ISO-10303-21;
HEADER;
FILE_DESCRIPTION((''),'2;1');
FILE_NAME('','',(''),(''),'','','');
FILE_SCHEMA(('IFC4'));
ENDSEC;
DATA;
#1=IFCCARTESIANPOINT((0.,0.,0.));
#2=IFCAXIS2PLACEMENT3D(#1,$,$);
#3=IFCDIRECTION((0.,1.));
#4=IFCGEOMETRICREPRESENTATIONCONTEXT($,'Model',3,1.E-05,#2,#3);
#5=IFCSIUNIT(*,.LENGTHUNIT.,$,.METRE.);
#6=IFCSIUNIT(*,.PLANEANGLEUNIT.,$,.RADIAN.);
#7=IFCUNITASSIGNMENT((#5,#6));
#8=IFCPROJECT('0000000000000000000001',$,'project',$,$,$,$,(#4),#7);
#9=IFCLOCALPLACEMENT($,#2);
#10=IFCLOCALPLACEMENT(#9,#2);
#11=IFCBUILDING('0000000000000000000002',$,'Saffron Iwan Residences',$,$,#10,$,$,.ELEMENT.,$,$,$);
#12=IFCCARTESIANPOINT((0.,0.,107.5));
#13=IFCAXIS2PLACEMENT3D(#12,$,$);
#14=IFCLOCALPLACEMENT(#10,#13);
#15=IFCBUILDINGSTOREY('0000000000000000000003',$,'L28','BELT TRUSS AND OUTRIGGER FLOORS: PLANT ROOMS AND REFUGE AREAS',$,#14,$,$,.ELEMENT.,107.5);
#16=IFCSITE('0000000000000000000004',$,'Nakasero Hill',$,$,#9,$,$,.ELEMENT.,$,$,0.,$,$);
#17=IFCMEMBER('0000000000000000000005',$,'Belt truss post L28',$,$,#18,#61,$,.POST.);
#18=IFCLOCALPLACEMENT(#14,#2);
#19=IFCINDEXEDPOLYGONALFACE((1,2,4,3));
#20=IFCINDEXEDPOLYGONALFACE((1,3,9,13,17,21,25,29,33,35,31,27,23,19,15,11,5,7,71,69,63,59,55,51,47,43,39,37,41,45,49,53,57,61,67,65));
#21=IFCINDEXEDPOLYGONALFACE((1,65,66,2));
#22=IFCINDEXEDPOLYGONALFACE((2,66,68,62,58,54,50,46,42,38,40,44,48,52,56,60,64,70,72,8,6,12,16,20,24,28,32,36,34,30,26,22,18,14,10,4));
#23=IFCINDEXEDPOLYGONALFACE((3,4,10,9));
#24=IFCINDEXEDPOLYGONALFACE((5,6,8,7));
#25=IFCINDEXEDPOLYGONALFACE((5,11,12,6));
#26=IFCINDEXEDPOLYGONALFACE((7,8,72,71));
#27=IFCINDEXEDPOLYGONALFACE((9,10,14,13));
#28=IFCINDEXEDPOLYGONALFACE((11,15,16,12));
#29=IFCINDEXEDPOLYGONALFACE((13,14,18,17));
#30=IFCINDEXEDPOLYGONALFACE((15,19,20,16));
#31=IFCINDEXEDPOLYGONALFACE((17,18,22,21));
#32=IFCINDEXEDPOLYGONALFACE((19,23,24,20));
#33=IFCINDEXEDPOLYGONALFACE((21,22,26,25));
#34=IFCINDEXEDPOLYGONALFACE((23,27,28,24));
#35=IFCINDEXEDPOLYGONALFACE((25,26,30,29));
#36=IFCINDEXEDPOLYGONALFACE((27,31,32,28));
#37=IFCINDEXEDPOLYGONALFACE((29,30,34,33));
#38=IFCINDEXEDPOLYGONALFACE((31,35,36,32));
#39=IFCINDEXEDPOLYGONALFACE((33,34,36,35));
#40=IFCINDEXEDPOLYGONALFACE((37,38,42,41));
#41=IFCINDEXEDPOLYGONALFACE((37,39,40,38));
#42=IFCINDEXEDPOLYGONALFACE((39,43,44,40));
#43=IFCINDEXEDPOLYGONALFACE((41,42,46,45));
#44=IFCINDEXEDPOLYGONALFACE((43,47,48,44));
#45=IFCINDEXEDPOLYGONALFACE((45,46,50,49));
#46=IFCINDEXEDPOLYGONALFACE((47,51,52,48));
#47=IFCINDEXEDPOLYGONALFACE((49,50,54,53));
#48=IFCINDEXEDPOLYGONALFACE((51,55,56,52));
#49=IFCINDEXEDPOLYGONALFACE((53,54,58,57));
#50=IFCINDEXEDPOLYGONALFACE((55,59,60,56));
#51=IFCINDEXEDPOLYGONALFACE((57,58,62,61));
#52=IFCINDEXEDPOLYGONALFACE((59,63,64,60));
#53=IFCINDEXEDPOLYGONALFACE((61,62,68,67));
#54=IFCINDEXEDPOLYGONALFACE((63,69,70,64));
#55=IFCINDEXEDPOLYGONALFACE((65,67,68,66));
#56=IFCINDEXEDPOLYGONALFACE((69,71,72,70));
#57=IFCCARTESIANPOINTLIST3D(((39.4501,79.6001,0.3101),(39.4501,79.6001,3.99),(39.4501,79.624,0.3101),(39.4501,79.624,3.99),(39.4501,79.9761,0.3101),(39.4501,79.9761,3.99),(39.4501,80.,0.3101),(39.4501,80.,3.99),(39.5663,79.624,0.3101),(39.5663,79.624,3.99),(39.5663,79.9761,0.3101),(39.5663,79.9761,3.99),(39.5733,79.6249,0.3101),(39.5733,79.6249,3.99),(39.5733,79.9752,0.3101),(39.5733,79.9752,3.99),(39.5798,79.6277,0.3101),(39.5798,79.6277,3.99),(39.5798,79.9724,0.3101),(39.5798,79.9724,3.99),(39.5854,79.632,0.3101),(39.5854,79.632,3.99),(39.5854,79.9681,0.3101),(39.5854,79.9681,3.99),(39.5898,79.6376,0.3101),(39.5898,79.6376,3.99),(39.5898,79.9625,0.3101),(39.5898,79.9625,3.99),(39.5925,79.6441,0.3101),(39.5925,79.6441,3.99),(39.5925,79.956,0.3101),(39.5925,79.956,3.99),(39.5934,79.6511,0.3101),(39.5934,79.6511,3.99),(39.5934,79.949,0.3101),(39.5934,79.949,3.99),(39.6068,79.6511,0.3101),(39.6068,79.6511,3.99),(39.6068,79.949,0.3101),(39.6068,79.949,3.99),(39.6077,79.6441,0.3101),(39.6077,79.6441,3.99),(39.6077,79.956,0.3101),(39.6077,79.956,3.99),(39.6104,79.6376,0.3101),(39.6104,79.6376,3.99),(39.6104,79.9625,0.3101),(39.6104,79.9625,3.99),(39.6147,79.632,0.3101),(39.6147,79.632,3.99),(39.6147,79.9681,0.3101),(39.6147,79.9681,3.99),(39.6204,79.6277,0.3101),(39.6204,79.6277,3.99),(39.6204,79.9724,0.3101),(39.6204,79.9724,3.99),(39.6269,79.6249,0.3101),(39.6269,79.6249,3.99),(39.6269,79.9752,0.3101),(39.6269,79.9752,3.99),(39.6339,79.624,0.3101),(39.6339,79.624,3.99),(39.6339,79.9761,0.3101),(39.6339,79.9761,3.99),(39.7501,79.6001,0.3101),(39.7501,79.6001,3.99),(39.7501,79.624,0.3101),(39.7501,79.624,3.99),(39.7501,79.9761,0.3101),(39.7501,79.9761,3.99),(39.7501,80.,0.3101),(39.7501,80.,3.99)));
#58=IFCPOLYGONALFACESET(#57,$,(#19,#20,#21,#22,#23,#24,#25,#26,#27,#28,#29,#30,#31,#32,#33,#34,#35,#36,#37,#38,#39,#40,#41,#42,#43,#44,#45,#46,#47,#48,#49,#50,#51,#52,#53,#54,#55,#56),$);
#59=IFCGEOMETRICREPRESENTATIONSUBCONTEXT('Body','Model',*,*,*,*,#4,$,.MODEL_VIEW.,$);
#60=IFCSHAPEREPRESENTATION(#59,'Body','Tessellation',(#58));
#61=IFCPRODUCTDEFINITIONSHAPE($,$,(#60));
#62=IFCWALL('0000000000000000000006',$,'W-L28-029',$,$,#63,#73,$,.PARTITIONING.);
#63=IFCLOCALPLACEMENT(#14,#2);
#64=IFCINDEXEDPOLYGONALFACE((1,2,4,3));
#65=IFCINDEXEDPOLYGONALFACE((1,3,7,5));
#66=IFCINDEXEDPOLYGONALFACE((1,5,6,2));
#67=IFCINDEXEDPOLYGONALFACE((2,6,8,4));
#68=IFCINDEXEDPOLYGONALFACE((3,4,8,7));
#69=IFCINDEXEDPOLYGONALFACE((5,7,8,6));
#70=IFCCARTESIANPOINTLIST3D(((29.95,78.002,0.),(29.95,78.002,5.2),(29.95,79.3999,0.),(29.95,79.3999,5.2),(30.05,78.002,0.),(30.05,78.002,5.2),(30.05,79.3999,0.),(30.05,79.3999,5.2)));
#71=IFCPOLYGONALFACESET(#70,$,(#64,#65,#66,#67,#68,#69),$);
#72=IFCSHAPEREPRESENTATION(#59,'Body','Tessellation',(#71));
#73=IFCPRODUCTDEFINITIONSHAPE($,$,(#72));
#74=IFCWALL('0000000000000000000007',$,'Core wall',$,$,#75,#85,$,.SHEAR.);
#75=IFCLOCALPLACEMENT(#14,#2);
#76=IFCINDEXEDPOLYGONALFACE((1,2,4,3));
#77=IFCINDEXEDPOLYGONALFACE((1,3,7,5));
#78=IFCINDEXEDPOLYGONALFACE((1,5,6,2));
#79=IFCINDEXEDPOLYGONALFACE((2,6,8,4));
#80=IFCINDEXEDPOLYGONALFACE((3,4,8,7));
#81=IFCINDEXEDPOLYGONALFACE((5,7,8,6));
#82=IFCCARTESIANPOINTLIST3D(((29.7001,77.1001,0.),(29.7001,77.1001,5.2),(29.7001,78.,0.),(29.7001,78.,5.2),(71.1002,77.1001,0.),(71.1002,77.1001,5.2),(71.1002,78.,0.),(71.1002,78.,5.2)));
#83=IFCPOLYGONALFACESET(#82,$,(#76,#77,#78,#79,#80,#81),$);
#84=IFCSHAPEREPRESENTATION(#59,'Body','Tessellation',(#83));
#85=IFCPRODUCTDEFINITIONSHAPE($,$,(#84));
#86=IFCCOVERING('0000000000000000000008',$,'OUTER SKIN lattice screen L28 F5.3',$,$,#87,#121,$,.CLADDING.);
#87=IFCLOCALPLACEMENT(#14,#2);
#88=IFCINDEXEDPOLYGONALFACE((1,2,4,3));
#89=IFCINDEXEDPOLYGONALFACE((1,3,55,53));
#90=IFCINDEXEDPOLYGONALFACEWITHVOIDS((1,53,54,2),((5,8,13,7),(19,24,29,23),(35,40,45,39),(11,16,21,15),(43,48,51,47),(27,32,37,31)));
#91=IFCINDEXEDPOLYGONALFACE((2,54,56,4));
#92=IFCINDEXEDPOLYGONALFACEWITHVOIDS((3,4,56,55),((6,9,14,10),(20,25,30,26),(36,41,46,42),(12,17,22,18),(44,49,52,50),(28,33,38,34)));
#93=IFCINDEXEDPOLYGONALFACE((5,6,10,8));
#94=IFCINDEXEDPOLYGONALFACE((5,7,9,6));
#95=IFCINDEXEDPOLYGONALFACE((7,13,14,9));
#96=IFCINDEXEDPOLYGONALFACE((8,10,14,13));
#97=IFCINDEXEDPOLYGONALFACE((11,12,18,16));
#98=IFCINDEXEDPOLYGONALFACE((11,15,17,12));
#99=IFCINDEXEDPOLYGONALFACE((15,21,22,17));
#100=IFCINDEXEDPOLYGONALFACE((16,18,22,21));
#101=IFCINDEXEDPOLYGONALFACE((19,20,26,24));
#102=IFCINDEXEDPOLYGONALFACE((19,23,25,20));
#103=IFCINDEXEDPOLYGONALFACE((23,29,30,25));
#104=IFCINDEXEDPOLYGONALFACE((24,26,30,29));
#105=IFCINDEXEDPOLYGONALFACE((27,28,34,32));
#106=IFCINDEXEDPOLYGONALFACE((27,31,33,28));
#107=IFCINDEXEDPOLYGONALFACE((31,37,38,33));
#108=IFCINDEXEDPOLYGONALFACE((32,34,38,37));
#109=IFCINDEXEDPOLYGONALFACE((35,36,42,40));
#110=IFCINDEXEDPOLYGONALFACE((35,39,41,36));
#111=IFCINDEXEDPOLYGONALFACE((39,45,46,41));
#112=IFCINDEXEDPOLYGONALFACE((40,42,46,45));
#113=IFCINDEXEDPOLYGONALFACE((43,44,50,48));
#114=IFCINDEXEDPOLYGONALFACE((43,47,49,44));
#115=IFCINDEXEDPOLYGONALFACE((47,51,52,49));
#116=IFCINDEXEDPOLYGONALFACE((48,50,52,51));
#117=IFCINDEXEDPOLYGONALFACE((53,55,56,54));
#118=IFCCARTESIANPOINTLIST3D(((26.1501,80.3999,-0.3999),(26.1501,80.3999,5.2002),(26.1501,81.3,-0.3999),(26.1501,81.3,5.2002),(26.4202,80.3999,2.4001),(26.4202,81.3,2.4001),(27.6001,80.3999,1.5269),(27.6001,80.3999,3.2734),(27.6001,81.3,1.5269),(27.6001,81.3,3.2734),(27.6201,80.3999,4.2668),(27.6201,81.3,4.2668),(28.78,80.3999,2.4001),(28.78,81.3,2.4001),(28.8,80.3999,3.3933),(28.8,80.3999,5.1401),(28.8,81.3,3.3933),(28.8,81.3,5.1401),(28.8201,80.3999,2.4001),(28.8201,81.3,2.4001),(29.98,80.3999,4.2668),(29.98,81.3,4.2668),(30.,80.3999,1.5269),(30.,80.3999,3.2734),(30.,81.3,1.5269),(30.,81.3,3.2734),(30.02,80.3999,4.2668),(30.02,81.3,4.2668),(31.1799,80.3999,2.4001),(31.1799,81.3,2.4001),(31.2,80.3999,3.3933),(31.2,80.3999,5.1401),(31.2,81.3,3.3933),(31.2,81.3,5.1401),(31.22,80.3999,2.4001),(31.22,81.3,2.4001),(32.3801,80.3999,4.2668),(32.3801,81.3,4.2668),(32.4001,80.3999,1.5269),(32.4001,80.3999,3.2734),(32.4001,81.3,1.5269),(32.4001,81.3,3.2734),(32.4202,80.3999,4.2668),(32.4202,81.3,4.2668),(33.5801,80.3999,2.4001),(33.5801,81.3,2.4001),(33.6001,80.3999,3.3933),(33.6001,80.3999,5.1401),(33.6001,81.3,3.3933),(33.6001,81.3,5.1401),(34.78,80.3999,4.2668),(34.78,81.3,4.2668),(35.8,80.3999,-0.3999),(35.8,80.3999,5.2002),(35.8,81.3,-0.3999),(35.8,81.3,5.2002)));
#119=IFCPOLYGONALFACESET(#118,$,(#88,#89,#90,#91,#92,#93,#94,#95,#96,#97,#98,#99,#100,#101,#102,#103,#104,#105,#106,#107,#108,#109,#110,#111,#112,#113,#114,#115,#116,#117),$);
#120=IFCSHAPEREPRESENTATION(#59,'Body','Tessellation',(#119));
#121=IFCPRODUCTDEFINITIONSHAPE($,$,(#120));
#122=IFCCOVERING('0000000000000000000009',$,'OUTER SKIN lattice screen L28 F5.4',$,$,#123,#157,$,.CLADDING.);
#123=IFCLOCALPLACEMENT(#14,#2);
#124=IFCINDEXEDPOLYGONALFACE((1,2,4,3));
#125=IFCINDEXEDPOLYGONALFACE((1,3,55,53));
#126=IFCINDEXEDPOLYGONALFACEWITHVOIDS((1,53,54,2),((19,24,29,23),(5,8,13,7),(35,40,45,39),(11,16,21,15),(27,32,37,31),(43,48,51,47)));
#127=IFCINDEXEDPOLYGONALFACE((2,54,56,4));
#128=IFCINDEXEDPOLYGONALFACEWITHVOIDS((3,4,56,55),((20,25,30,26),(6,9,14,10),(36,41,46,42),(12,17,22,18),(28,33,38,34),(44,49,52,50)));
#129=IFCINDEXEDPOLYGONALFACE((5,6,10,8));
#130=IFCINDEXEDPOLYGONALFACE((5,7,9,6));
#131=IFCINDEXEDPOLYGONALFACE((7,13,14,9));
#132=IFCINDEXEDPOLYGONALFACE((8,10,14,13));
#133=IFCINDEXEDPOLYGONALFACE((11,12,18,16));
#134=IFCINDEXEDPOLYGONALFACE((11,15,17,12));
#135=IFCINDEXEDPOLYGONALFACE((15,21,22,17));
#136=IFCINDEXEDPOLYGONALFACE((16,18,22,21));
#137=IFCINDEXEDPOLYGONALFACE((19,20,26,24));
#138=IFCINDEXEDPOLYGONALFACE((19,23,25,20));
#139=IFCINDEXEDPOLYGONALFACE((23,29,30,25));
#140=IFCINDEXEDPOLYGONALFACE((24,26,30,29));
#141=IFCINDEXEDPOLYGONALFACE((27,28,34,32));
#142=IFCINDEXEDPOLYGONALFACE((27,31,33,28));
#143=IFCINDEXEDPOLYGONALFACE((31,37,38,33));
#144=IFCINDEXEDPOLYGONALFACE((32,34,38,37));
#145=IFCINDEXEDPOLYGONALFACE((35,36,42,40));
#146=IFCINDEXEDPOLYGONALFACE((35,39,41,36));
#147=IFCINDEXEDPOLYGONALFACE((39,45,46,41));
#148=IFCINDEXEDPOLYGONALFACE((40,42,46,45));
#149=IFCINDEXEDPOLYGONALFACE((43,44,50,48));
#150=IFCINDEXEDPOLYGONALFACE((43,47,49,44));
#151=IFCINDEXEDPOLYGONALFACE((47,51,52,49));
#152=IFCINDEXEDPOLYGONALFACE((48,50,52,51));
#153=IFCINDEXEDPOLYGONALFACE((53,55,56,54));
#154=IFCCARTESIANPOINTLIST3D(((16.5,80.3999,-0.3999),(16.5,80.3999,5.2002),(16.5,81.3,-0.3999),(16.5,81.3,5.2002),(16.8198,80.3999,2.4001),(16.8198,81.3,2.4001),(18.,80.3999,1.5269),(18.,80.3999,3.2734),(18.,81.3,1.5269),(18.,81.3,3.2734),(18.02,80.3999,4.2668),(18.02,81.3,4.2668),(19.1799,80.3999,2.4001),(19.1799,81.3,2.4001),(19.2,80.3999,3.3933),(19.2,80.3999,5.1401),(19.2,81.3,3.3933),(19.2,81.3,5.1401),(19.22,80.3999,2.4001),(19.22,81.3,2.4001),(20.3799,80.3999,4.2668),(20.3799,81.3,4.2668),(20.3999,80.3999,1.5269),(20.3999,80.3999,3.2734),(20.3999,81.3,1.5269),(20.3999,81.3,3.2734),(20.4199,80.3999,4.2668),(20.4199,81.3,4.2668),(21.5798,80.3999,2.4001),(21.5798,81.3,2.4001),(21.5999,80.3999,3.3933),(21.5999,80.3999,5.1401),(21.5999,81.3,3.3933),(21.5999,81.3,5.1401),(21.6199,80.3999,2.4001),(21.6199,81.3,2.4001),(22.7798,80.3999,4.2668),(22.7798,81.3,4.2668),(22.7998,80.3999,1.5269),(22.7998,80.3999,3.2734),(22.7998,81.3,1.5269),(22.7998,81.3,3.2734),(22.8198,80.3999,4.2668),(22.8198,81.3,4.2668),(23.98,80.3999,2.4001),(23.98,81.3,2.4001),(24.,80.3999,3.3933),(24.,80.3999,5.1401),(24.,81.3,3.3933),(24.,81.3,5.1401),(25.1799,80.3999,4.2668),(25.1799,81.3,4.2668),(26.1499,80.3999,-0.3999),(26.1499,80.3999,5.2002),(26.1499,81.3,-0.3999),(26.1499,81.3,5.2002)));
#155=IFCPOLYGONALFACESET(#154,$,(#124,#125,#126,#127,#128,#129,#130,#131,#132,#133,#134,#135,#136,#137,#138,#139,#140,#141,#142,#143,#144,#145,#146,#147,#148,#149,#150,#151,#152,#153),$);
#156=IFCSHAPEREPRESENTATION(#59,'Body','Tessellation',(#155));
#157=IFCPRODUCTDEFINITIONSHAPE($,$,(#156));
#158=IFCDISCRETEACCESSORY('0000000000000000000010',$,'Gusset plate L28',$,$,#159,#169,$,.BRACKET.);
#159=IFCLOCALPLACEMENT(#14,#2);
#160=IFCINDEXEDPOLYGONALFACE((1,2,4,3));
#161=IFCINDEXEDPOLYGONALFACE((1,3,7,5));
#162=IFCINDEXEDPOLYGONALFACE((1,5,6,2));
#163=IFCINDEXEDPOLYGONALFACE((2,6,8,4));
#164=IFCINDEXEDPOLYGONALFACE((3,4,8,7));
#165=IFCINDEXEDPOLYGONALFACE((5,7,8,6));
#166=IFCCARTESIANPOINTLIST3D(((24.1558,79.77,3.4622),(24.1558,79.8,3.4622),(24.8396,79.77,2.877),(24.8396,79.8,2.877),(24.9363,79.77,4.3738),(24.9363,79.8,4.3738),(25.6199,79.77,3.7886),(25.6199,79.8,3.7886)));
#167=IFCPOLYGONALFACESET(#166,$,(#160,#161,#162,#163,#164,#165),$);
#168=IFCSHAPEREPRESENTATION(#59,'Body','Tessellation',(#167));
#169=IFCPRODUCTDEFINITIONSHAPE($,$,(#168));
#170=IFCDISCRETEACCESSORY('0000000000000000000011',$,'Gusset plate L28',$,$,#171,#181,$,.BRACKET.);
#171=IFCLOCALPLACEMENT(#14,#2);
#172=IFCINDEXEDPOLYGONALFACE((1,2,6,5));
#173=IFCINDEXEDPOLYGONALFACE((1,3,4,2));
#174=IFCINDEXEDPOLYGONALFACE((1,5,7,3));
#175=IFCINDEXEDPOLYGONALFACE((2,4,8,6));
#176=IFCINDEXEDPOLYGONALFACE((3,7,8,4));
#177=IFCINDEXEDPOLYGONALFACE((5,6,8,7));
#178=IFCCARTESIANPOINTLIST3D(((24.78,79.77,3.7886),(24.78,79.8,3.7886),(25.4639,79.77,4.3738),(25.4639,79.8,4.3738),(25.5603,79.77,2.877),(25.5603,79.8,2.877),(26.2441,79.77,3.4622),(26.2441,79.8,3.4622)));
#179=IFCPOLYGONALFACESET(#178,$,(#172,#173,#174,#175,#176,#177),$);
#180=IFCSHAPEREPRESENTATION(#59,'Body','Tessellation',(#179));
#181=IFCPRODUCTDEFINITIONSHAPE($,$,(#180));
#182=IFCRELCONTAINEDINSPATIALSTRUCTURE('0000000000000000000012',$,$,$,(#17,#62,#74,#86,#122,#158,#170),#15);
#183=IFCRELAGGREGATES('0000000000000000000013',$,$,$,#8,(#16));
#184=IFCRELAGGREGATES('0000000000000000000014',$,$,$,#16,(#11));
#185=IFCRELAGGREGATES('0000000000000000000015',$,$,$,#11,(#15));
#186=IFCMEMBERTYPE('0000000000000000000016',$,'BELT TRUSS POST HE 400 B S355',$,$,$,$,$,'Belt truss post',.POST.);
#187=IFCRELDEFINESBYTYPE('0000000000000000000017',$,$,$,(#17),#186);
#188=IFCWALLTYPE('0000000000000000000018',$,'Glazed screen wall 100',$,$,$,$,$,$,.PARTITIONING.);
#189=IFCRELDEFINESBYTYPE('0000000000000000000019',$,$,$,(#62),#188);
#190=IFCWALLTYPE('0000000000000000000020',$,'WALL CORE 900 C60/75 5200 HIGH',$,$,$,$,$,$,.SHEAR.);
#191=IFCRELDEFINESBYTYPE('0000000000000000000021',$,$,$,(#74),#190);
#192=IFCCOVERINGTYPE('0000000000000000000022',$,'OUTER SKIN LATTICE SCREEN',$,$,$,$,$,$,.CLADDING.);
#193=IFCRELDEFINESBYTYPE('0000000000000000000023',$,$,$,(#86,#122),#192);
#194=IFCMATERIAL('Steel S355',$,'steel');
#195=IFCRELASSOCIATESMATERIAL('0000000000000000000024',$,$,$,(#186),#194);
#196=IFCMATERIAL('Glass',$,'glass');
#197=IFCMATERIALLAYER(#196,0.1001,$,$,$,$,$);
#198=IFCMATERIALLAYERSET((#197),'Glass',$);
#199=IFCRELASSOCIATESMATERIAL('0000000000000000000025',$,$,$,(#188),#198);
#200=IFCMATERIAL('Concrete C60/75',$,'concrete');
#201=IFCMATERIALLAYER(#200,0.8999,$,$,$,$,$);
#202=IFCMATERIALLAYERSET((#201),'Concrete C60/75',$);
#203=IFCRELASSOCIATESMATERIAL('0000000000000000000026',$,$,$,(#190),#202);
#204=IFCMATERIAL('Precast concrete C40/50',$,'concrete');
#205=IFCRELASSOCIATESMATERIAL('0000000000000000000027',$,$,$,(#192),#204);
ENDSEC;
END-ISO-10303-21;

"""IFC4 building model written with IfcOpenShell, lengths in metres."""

from ifc_helpers import new_model, si_unit, direction, frame, frame_2d, origin, origin_2d, place, context, subcontext, project, spatial, polyline, rectangle, i_section, outline, extrude, source, transform, mapped, material, layer, layer_set, material_profile, profile_set, type_object, element, save


model = new_model("IFC4")

# Units and contexts
model_context = context("Model", 3, precision=1e-05, world=origin(), true_north=direction((0.0, 1.0)))
body_context = subcontext(model_context, "Body", "Model", "MODEL_VIEW")
ifc_project = project(units=[si_unit("LENGTHUNIT", "METRE"), si_unit("PLANEANGLEUNIT", "RADIAN")], contexts=[model_context])

# Site, building, storey
site_placement = place(None, origin())
site = spatial("IfcSite", under=ifc_project, at=site_placement, Name="Nakasero Hill", CompositionType="ELEMENT", RefElevation=0.0)
building_placement = place(site_placement, origin())
building = spatial("IfcBuilding", under=site, at=building_placement, Name="Saffron Iwan Residences", CompositionType="ELEMENT")
storey_placement = place(building_placement, frame((0.0, 0.0, 107.5)))
storey = spatial("IfcBuildingStorey", under=building, at=storey_placement, Name="L28", Description="BELT TRUSS AND OUTRIGGER FLOORS: PLANT ROOMS AND REFUGE AREAS", CompositionType="ELEMENT", Elevation=107.5)

# Shared definitions
ifc_material_1 = material(Name="Concrete C60/75", Category="concrete")

# Member
ifc_material_2 = material(Name="Steel S355", Category="steel")
ifc_material_profile_1 = material_profile(ifc_material_2, i_section(OverallWidth=0.3, OverallDepth=0.3999, WebThickness=0.0134, FlangeThickness=0.0239, FilletRadius=0.0271, at=origin_2d()), Name="HE 400 B")
ifc_profile_set_1 = profile_set([ifc_material_profile_1], Name="Steel S355")
member_type_1 = type_object("IfcMemberType", Name="BELT TRUSS POST HE 400 B S355", ElementType="Belt truss post", PredefinedType="POST", material=ifc_profile_set_1)
shared_shape_1 = source(origin(), body_context, "Body", "SweptSolid", [
    extrude(i_section(OverallWidth=0.3, OverallDepth=0.3999, WebThickness=0.0134, FlangeThickness=0.0239, FilletRadius=0.0271, at=origin_2d()), origin(), (0.0, 0.0, 1.0), 3.6799),
])
for number, where, z_axis, x_axis, name in (
    (1, (39.6001, 79.8, 0.3101), (0.0, 0.0, 1.0), (1.0, 0.0, 0.0), "Belt truss post L28"),
):
    element("IfcMember", number, at=place(storey_placement, frame(where, z_axis=z_axis, x_axis=x_axis)), inside=storey, type_object=member_type_1, Name=name, PredefinedType="POST", context=body_context, shape_type="MappedRepresentation", body=[
        mapped(shared_shape_1, transform((0.0, 0.0, 0.0))),
    ])

# Walls
ifc_material_3 = material(Name="Glass", Category="glass")
ifc_layer_1 = layer(ifc_material_3, 0.1001)
ifc_layer_set_1 = layer_set([ifc_layer_1], Name="Glass")
wall_type_1 = type_object("IfcWallType", Name="Glazed screen wall 100", PredefinedType="PARTITIONING", material=ifc_layer_set_1)
wall_1_placement = place(storey_placement, frame((30.0, 78.002, 0.0), z_axis=(0.0, 0.0, 1.0), x_axis=(0.0, 1.0, 0.0)))
element("IfcWall", 2, at=wall_1_placement, inside=storey, type_object=wall_type_1, Name="W-L28-029", PredefinedType="PARTITIONING", context=body_context, shape_type="SweptSolid", body=[
    extrude(rectangle(XDim=1.3979, YDim=0.1001, at=frame_2d((0.699, 0.0))), origin(), (0.0, 0.0, 1.0), 5.2),
])
ifc_layer_2 = layer(ifc_material_1, 0.8999)
ifc_layer_set_2 = layer_set([ifc_layer_2], Name="Concrete C60/75")
wall_type_2 = type_object("IfcWallType", Name="WALL CORE 900 C60/75 5200 HIGH", PredefinedType="SHEAR", material=ifc_layer_set_2)
wall_2_placement = place(storey_placement, frame((29.7, 77.55, 0.0), z_axis=(0.0, 0.0, 1.0), x_axis=(1.0, 0.0, 0.0)))
element("IfcWall", 3, at=wall_2_placement, inside=storey, type_object=wall_type_2, Name="Core wall", PredefinedType="SHEAR", context=body_context, shape_type="SweptSolid", body=[
    extrude(rectangle(XDim=41.4001, YDim=0.8999, at=frame_2d((20.7002, 0.0))), origin(), (0.0, 0.0, 1.0), 5.2),
])

# Coverings
ifc_material_4 = material(Name="Precast concrete C40/50", Category="concrete")
covering_type = type_object("IfcCoveringType", Name="OUTER SKIN LATTICE SCREEN", PredefinedType="CLADDING", material=ifc_material_4)
covering_1_placement = place(storey_placement, frame((35.8, 80.3999, -0.3999), z_axis=(0.0, 1.0, 0.0), x_axis=(-1.0, 0.0, 0.0)))
element("IfcCovering", 4, at=covering_1_placement, inside=storey, type_object=covering_type, Name="OUTER SKIN lattice screen L28 F5.3", PredefinedType="CLADDING", context=body_context, shape_type="SweptSolid", body=[
    extrude(outline(polyline([(0.0, 0.0), (9.6499, 0.0), (9.6499, 5.6001), (0.0, 5.6001), (0.0, 0.0)]), holes=[polyline([(2.22, 2.8), (3.3999, 1.9268), (4.5801, 2.8), (3.3999, 3.6733), (2.22, 2.8)]), polyline([(4.6201, 2.8), (5.8, 1.9268), (6.98, 2.8), (5.8, 3.6733), (4.6201, 2.8)]), polyline([(7.02, 2.8), (8.2, 1.9268), (9.3799, 2.8), (8.2, 3.6733), (7.02, 2.8)]), polyline([(1.02, 4.6667), (2.2, 3.7932), (3.3799, 4.6667), (2.2, 5.54), (1.02, 4.6667)]), polyline([(3.4199, 4.6667), (4.6001, 3.7932), (5.78, 4.6667), (4.6001, 5.54), (3.4199, 4.6667)]), polyline([(5.8201, 4.6667), (7.0, 3.7932), (8.1799, 4.6667), (7.0, 5.54), (5.8201, 4.6667)])]), origin(), (0.0, 0.0, 1.0), 0.9001),
])
covering_2_placement = place(storey_placement, frame((26.1499, 80.3999, -0.3999), z_axis=(0.0, 1.0, 0.0), x_axis=(-1.0, 0.0, 0.0)))
element("IfcCovering", 5, at=covering_2_placement, inside=storey, type_object=covering_type, Name="OUTER SKIN lattice screen L28 F5.4", PredefinedType="CLADDING", context=body_context, shape_type="SweptSolid", body=[
    extrude(outline(polyline([(0.0, 0.0), (9.6499, 0.0), (9.6499, 5.6001), (0.0, 5.6001), (0.0, 0.0)]), holes=[polyline([(2.1699, 2.8), (3.3501, 1.9268), (4.53, 2.8), (3.3501, 3.6733), (2.1699, 2.8)]), polyline([(4.5701, 2.8), (5.75, 1.9268), (6.9299, 2.8), (5.75, 3.6733), (4.5701, 2.8)]), polyline([(6.97, 2.8), (8.1499, 1.9268), (9.3301, 2.8), (8.1499, 3.6733), (6.97, 2.8)]), polyline([(0.97, 4.6667), (2.1499, 3.7932), (3.3301, 4.6667), (2.1499, 5.54), (0.97, 4.6667)]), polyline([(3.3701, 4.6667), (4.55, 3.7932), (5.73, 4.6667), (4.55, 5.54), (3.3701, 4.6667)]), polyline([(5.77, 4.6667), (6.95, 3.7932), (8.1299, 4.6667), (6.95, 5.54), (5.77, 4.6667)])]), origin(), (0.0, 0.0, 1.0), 0.9001),
])

# Discrete accessories
discrete_accessory_1_placement = place(storey_placement, frame((25.6199, 79.8, 3.7886), z_axis=(0.0, 1.0, 0.0), x_axis=(-0.650255, 0.0, -0.759716)))
element("IfcDiscreteAccessory", 6, at=discrete_accessory_1_placement, inside=storey, Name="Gusset plate L28", PredefinedType="BRACKET", context=body_context, shape_type="SweptSolid", body=[
    extrude(outline(polyline([(0.0, 0.0), (1.1999, 0.0), (1.2, 0.9001), (-0.0001, 0.8999), (0.0, 0.0)])), origin(), (0.0, 0.0, -1.0), 0.03),
])
discrete_accessory_2_placement = place(storey_placement, frame((25.4639, 79.8, 4.3738), z_axis=(0.0, 1.0, 0.0), x_axis=(0.650255, 0.0, -0.759716)))
element("IfcDiscreteAccessory", 7, at=discrete_accessory_2_placement, inside=storey, Name="Gusset plate L28", PredefinedType="BRACKET", context=body_context, shape_type="SweptSolid", body=[
    extrude(outline(polyline([(0.0, 0.0), (1.1999, 0.0), (1.1999, 0.9001), (-0.0001, 0.9001), (0.0, 0.0)])), origin(), (0.0, 0.0, -1.0), 0.03),
])

save(model, "model.ifc")
